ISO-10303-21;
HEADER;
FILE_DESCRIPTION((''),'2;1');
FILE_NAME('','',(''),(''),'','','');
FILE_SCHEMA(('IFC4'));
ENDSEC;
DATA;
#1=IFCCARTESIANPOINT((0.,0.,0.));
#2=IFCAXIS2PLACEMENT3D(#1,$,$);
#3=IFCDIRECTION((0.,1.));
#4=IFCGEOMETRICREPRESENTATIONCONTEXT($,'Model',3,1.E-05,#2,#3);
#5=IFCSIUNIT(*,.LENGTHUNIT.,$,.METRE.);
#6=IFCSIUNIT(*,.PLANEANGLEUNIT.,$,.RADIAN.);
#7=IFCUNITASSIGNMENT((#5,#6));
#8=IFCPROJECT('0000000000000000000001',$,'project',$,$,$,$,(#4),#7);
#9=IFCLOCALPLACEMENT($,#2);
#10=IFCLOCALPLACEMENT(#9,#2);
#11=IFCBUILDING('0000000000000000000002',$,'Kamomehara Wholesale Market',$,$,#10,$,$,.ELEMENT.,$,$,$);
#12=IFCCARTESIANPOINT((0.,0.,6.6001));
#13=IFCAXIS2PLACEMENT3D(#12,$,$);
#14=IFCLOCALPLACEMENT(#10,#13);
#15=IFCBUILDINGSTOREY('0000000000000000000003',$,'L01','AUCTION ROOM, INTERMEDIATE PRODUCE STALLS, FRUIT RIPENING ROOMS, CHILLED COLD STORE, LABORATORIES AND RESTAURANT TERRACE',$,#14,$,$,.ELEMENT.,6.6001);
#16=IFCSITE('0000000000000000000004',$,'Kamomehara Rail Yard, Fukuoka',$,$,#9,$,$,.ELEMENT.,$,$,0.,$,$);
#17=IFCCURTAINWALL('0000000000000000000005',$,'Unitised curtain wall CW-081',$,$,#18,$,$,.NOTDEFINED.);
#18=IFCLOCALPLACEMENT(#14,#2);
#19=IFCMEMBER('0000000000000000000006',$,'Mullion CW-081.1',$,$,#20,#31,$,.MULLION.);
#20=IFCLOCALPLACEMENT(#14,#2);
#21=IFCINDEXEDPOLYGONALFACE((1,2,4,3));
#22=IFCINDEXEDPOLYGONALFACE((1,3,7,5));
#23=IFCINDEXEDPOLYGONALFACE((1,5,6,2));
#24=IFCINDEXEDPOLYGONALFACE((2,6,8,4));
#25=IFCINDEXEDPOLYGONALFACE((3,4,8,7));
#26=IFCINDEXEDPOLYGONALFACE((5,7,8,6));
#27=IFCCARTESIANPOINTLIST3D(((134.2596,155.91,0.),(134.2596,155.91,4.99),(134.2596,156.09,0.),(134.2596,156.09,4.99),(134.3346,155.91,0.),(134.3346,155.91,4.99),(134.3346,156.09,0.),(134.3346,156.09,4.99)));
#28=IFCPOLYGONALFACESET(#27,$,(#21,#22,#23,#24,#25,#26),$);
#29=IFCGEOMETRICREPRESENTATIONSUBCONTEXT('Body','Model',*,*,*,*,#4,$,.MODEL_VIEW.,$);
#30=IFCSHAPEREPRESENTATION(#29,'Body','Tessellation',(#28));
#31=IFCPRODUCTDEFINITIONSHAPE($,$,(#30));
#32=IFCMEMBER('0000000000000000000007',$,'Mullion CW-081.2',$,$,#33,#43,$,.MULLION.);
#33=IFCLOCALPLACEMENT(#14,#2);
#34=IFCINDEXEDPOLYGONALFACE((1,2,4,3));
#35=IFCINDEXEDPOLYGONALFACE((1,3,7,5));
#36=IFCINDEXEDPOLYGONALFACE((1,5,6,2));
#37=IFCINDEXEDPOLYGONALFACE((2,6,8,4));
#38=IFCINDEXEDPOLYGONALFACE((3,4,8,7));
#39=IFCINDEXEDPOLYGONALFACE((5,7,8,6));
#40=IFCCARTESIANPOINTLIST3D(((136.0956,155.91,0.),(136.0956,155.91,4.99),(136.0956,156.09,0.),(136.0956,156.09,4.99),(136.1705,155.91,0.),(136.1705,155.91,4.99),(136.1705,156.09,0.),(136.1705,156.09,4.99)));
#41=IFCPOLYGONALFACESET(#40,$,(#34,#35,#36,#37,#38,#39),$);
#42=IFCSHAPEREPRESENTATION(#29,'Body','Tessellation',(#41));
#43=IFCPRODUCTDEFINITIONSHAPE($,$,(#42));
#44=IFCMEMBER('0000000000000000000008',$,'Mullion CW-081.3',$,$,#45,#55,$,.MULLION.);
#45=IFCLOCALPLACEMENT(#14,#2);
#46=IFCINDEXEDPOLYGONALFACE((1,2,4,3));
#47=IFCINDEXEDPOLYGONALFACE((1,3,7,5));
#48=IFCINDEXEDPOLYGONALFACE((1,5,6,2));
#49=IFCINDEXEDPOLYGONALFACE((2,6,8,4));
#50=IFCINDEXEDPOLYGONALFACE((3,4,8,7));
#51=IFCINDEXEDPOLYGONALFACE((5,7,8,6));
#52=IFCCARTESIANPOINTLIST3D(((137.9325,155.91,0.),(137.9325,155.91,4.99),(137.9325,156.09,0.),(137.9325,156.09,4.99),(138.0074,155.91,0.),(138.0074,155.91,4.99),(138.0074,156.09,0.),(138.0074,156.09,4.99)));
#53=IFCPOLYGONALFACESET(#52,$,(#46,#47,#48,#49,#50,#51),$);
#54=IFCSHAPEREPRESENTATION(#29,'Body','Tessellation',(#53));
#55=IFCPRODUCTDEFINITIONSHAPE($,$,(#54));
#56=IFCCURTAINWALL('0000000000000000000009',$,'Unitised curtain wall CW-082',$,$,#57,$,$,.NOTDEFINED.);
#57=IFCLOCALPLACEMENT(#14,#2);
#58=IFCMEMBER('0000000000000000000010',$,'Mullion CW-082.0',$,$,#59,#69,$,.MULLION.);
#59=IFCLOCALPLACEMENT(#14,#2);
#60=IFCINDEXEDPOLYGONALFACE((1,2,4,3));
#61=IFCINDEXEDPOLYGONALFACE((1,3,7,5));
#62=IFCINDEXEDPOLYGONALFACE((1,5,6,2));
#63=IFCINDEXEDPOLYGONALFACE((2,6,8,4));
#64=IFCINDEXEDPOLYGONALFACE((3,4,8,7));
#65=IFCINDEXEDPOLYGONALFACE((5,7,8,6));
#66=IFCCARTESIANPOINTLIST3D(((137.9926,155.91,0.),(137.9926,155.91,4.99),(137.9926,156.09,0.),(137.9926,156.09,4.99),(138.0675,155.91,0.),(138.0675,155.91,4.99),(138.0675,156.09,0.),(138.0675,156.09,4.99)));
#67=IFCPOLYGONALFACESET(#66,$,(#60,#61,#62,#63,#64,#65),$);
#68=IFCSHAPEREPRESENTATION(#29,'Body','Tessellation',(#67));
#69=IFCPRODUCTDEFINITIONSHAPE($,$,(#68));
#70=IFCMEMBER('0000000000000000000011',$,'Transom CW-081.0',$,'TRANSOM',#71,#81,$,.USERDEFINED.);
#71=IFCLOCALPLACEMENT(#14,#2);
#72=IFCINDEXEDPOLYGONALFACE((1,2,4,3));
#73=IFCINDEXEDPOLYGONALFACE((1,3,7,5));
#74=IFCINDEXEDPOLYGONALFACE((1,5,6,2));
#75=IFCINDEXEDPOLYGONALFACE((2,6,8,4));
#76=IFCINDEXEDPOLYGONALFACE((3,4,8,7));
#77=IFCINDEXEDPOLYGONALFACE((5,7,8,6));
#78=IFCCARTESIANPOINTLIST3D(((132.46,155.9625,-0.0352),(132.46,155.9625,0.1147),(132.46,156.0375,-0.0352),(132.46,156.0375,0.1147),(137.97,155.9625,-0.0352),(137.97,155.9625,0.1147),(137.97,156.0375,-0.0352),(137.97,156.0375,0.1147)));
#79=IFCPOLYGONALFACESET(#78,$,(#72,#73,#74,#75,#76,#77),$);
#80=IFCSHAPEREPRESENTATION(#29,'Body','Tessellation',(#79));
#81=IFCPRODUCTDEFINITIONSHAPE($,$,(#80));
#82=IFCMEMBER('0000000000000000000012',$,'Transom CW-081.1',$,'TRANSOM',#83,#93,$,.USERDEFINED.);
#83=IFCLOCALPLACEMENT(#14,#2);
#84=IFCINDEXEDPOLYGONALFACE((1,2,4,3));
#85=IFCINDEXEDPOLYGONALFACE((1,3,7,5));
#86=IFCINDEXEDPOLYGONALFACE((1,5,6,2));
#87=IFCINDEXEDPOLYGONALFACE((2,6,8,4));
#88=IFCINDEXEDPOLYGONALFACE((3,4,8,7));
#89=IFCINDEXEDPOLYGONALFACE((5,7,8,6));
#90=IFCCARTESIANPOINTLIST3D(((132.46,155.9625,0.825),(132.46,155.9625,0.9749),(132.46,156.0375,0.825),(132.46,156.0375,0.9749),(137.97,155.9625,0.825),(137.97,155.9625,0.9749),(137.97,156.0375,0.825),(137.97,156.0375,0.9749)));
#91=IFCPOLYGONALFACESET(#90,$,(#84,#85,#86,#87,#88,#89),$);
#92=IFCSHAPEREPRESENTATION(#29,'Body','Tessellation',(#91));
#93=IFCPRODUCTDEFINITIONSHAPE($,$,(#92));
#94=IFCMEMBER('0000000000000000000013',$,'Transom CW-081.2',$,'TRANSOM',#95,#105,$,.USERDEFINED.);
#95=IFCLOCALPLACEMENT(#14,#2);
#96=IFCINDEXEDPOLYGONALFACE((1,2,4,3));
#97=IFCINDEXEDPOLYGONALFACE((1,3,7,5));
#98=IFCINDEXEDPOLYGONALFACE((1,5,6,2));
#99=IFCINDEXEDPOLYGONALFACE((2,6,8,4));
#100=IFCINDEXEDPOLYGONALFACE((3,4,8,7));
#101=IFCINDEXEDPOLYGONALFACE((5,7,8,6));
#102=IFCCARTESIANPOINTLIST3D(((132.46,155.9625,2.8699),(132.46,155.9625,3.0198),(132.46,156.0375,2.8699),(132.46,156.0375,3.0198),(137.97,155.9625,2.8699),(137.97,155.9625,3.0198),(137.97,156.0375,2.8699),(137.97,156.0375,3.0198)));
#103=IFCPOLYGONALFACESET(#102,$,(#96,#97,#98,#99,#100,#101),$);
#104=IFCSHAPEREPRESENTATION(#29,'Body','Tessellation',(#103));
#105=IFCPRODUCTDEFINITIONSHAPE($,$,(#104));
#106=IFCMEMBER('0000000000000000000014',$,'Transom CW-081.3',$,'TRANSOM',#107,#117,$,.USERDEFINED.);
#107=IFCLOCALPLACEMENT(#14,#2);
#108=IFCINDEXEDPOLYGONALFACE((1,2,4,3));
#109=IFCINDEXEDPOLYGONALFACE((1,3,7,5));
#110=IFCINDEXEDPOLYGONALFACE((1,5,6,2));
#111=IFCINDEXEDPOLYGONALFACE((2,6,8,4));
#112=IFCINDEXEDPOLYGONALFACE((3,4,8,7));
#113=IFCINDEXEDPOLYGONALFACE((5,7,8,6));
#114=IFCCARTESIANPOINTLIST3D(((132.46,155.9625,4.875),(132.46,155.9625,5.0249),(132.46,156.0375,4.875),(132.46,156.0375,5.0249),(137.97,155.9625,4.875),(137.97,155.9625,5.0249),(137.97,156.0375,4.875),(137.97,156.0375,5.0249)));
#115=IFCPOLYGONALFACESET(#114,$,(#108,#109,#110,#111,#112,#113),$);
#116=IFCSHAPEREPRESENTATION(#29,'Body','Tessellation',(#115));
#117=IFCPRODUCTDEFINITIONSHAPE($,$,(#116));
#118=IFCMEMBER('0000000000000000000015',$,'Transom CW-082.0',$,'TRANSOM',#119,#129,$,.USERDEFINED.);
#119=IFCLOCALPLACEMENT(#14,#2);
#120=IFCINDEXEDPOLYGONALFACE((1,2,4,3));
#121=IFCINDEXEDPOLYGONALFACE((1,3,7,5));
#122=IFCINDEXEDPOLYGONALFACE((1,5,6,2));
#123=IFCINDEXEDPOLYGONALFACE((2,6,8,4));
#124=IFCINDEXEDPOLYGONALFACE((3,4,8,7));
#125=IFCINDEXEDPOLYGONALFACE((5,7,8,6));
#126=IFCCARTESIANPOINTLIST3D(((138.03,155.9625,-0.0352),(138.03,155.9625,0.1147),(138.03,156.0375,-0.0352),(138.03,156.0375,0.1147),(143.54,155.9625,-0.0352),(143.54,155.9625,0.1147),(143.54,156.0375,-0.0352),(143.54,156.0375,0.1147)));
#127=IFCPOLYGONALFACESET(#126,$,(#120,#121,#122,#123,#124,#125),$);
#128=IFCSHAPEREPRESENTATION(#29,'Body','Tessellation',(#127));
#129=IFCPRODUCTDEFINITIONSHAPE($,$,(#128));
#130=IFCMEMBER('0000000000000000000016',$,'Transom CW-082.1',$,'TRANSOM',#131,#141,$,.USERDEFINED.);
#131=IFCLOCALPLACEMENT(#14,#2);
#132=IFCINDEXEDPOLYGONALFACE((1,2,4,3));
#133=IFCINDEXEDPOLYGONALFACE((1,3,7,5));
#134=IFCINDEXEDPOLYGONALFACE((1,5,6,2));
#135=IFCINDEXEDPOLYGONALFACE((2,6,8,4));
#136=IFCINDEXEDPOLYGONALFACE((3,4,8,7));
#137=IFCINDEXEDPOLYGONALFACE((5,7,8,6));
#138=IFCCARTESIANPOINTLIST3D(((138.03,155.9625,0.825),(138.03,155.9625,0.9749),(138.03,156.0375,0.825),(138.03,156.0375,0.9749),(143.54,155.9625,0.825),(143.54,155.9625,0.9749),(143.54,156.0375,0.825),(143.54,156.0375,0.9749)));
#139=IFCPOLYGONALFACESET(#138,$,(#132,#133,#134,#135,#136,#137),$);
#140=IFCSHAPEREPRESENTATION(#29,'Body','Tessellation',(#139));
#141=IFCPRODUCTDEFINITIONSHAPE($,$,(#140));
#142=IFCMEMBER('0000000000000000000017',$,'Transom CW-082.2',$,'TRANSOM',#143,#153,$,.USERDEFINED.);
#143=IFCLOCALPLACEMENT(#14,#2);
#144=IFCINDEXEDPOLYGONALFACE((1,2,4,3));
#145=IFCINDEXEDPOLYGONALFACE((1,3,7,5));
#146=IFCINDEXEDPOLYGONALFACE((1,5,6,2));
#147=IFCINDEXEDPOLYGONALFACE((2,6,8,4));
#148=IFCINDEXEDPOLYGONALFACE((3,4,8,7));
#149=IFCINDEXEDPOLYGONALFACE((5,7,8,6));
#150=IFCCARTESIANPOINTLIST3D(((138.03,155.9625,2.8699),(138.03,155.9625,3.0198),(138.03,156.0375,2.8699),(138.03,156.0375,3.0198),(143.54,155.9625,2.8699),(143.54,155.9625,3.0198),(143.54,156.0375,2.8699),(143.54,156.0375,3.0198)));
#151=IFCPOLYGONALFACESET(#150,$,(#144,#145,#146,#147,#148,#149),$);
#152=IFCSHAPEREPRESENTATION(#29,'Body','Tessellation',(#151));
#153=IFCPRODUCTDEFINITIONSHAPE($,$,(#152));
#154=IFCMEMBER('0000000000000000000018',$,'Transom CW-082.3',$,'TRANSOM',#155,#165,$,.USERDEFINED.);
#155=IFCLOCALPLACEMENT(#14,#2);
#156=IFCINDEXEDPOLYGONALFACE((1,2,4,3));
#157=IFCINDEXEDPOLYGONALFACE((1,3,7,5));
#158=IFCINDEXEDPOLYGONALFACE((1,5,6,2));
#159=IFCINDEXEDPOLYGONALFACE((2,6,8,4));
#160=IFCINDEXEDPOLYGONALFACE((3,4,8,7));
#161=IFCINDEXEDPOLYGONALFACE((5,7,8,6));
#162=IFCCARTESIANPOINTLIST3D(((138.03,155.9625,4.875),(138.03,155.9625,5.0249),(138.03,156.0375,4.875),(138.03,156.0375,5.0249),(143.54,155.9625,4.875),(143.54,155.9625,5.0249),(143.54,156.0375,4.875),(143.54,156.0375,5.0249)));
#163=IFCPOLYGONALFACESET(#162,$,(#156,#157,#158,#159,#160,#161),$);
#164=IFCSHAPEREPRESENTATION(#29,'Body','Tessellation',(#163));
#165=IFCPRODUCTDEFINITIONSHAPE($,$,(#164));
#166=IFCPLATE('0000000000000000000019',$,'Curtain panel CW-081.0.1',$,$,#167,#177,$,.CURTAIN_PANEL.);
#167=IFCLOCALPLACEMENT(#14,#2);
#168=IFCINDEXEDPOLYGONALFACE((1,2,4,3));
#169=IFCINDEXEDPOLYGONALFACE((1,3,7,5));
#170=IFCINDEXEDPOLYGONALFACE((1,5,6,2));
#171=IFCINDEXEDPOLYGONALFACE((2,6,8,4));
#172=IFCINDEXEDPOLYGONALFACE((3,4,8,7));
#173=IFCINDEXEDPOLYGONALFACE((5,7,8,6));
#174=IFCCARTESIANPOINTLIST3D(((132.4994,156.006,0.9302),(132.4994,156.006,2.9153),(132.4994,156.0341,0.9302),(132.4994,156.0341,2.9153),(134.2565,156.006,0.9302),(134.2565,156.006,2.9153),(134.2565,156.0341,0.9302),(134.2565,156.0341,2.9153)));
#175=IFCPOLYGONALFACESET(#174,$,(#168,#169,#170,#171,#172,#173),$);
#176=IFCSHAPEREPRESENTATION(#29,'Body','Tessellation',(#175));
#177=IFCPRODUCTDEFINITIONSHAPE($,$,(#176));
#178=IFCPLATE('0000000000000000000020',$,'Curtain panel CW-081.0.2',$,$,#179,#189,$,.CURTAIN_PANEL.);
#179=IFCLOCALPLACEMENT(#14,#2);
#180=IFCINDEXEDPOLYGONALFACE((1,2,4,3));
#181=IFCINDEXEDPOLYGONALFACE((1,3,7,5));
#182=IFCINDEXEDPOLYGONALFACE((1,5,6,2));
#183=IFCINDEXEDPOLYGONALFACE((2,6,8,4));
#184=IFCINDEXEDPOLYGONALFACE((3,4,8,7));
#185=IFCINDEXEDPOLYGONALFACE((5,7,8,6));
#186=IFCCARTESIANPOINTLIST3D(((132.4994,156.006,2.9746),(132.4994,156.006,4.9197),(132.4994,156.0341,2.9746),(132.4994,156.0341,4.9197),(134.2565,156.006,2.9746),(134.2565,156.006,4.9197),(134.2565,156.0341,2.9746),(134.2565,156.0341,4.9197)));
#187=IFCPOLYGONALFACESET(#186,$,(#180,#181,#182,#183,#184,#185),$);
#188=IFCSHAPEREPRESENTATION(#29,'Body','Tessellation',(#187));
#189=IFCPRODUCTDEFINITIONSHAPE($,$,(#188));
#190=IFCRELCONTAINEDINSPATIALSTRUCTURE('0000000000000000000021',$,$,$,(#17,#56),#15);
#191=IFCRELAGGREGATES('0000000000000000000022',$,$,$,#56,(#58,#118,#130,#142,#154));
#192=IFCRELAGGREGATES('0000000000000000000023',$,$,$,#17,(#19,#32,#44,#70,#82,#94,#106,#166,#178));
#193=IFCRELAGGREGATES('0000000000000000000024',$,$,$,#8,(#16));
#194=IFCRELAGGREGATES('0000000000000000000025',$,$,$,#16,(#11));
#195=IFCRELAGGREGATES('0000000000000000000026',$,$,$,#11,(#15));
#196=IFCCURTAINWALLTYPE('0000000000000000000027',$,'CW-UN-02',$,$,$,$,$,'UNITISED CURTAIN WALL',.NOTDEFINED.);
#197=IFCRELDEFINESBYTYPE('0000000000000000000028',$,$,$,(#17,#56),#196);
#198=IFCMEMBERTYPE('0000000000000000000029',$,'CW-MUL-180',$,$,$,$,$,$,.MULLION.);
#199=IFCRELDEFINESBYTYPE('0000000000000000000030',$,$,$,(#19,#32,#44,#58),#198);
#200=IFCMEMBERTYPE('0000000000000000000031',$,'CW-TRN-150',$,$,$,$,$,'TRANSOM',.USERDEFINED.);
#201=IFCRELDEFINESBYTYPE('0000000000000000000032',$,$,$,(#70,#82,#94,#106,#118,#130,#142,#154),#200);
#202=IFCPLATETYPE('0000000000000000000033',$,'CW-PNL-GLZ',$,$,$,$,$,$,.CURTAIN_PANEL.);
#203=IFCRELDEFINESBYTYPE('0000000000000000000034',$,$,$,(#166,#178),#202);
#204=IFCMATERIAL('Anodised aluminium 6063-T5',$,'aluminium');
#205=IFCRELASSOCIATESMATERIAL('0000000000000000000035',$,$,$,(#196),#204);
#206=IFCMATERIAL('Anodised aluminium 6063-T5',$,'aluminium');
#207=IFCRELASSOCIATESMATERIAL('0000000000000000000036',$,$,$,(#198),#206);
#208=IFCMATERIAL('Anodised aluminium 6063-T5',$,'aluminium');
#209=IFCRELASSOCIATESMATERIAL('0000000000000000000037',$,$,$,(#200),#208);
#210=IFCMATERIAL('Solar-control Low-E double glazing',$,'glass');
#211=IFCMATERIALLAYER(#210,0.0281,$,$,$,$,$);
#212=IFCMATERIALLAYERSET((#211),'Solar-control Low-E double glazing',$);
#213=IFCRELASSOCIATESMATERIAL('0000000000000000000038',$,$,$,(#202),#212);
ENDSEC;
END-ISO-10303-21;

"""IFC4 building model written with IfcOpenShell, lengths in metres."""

from ifc_helpers import new_model, si_unit, direction, frame, origin, origin_2d, place, context, subcontext, project, spatial, rectangle, extrude, material, layer, layer_set, material_profile, profile_set, type_object, element, aggregate, save


model = new_model("IFC4")

# Units and contexts
model_context = context("Model", 3, precision=1e-05, world=origin(), true_north=direction((0.0, 1.0)))
body_context = subcontext(model_context, "Body", "Model", "MODEL_VIEW")
ifc_project = project(units=[si_unit("LENGTHUNIT", "METRE"), si_unit("PLANEANGLEUNIT", "RADIAN")], contexts=[model_context])

# Site, building, storey
site_placement = place(None, origin())
site = spatial("IfcSite", under=ifc_project, at=site_placement, Name="Kamomehara Rail Yard, Fukuoka", CompositionType="ELEMENT", RefElevation=0.0)
building_placement = place(site_placement, origin())
building = spatial("IfcBuilding", under=site, at=building_placement, Name="Kamomehara Wholesale Market", CompositionType="ELEMENT")
storey_placement = place(building_placement, frame((0.0, 0.0, 6.6001)))
storey = spatial("IfcBuildingStorey", under=building, at=storey_placement, Name="L01", Description="AUCTION ROOM, INTERMEDIATE PRODUCE STALLS, FRUIT RIPENING ROOMS, CHILLED COLD STORE, LABORATORIES AND RESTAURANT TERRACE", CompositionType="ELEMENT", Elevation=6.6001)

# Curtain wall, members
ifc_material_1 = material(Name="Anodised aluminium 6063-T5", Category="aluminium")
curtain_wall_type = type_object("IfcCurtainWallType", Name="CW-UN-02", ElementType="UNITISED CURTAIN WALL", PredefinedType="NOTDEFINED", material=ifc_material_1)
curtain_wall_1_placement = place(storey_placement, origin())
curtain_wall_1 = element("IfcCurtainWall", 1, at=curtain_wall_1_placement, inside=storey, type_object=curtain_wall_type, Name="Unitised curtain wall CW-081", PredefinedType="NOTDEFINED")
ifc_material_2 = material(Name="Anodised aluminium 6063-T5", Category="aluminium")
ifc_material_profile_1 = material_profile(ifc_material_2, rectangle(XDim=0.075, YDim=0.1799, at=origin_2d()), Name="ALU-MUL-75x180")
ifc_profile_set_1 = profile_set([ifc_material_profile_1], Name="Anodised aluminium 6063-T5")
member_type_1 = type_object("IfcMemberType", Name="CW-MUL-180", PredefinedType="MULLION", material=ifc_profile_set_1)
member_1_placement = place(storey_placement, frame((134.2971, 156.0, 0.0), z_axis=(0.0, 0.0, 1.0), x_axis=(1.0, 0.0, 0.0)))
member_1 = element("IfcMember", 2, at=member_1_placement, type_object=member_type_1, Name="Mullion CW-081.1", PredefinedType="MULLION", context=body_context, shape_type="SweptSolid", body=[
    extrude(rectangle(XDim=0.075, YDim=0.1799, at=origin_2d()), origin(), (0.0, 0.0, 1.0), 4.99),
])
member_2_placement = place(storey_placement, frame((136.1331, 156.0, 0.0), z_axis=(0.0, 0.0, 1.0), x_axis=(1.0, 0.0, 0.0)))
member_2 = element("IfcMember", 3, at=member_2_placement, type_object=member_type_1, Name="Mullion CW-081.2", PredefinedType="MULLION", context=body_context, shape_type="SweptSolid", body=[
    extrude(rectangle(XDim=0.075, YDim=0.1799, at=origin_2d()), origin(), (0.0, 0.0, 1.0), 4.99),
])
member_3_placement = place(storey_placement, frame((137.97, 156.0, 0.0), z_axis=(0.0, 0.0, 1.0), x_axis=(1.0, 0.0, 0.0)))
member_3 = element("IfcMember", 4, at=member_3_placement, type_object=member_type_1, Name="Mullion CW-081.3", PredefinedType="MULLION", context=body_context, shape_type="SweptSolid", body=[
    extrude(rectangle(XDim=0.075, YDim=0.1799, at=origin_2d()), origin(), (0.0, 0.0, 1.0), 4.99),
])

# Curtain wall, member
curtain_wall_2_placement = place(storey_placement, origin())
curtain_wall_2 = element("IfcCurtainWall", 5, at=curtain_wall_2_placement, inside=storey, type_object=curtain_wall_type, Name="Unitised curtain wall CW-082", PredefinedType="NOTDEFINED")
member_4_placement = place(storey_placement, frame((138.03, 156.0, 0.0), z_axis=(0.0, 0.0, 1.0), x_axis=(1.0, 0.0, 0.0)))
member_4 = element("IfcMember", 6, at=member_4_placement, type_object=member_type_1, Name="Mullion CW-082.0", PredefinedType="MULLION", context=body_context, shape_type="SweptSolid", body=[
    extrude(rectangle(XDim=0.075, YDim=0.1799, at=origin_2d()), origin(), (0.0, 0.0, 1.0), 4.99),
])

# Members
ifc_material_3 = material(Name="Anodised aluminium 6063-T5", Category="aluminium")
ifc_material_profile_2 = material_profile(ifc_material_3, rectangle(XDim=0.075, YDim=0.1499, at=origin_2d()), Name="ALU-TRN-75x150")
ifc_profile_set_2 = profile_set([ifc_material_profile_2], Name="Anodised aluminium 6063-T5")
member_type_2 = type_object("IfcMemberType", Name="CW-TRN-150", ElementType="TRANSOM", PredefinedType="USERDEFINED", material=ifc_profile_set_2)
member_5_placement = place(storey_placement, frame((132.46, 156.0, 0.0398), z_axis=(1.0, 0.0, 0.0), x_axis=(0.0, 1.0, 0.0)))
member_5 = element("IfcMember", 7, at=member_5_placement, type_object=member_type_2, Name="Transom CW-081.0", ObjectType="TRANSOM", PredefinedType="USERDEFINED", context=body_context, shape_type="SweptSolid", body=[
    extrude(rectangle(XDim=0.075, YDim=0.1499, at=origin_2d()), origin(), (0.0, 0.0, 1.0), 5.51),
])
member_6_placement = place(storey_placement, frame((132.46, 156.0, 0.8999), z_axis=(1.0, 0.0, 0.0), x_axis=(0.0, 1.0, 0.0)))
member_6 = element("IfcMember", 8, at=member_6_placement, type_object=member_type_2, Name="Transom CW-081.1", ObjectType="TRANSOM", PredefinedType="USERDEFINED", context=body_context, shape_type="SweptSolid", body=[
    extrude(rectangle(XDim=0.075, YDim=0.1499, at=origin_2d()), origin(), (0.0, 0.0, 1.0), 5.51),
])
member_7_placement = place(storey_placement, frame((132.46, 156.0, 2.9448), z_axis=(1.0, 0.0, 0.0), x_axis=(0.0, 1.0, 0.0)))
member_7 = element("IfcMember", 9, at=member_7_placement, type_object=member_type_2, Name="Transom CW-081.2", ObjectType="TRANSOM", PredefinedType="USERDEFINED", context=body_context, shape_type="SweptSolid", body=[
    extrude(rectangle(XDim=0.075, YDim=0.1499, at=origin_2d()), origin(), (0.0, 0.0, 1.0), 5.51),
])
member_8_placement = place(storey_placement, frame((132.46, 156.0, 4.95), z_axis=(1.0, 0.0, 0.0), x_axis=(0.0, 1.0, 0.0)))
member_8 = element("IfcMember", 10, at=member_8_placement, type_object=member_type_2, Name="Transom CW-081.3", ObjectType="TRANSOM", PredefinedType="USERDEFINED", context=body_context, shape_type="SweptSolid", body=[
    extrude(rectangle(XDim=0.075, YDim=0.1499, at=origin_2d()), origin(), (0.0, 0.0, 1.0), 5.51),
])
member_9_placement = place(storey_placement, frame((138.03, 156.0, 0.0398), z_axis=(1.0, 0.0, 0.0), x_axis=(0.0, 1.0, 0.0)))
member_9 = element("IfcMember", 11, at=member_9_placement, type_object=member_type_2, Name="Transom CW-082.0", ObjectType="TRANSOM", PredefinedType="USERDEFINED", context=body_context, shape_type="SweptSolid", body=[
    extrude(rectangle(XDim=0.075, YDim=0.1499, at=origin_2d()), origin(), (0.0, 0.0, 1.0), 5.51),
])
member_10_placement = place(storey_placement, frame((138.03, 156.0, 0.8999), z_axis=(1.0, 0.0, 0.0), x_axis=(0.0, 1.0, 0.0)))
member_10 = element("IfcMember", 12, at=member_10_placement, type_object=member_type_2, Name="Transom CW-082.1", ObjectType="TRANSOM", PredefinedType="USERDEFINED", context=body_context, shape_type="SweptSolid", body=[
    extrude(rectangle(XDim=0.075, YDim=0.1499, at=origin_2d()), origin(), (0.0, 0.0, 1.0), 5.51),
])
member_11_placement = place(storey_placement, frame((138.03, 156.0, 2.9448), z_axis=(1.0, 0.0, 0.0), x_axis=(0.0, 1.0, 0.0)))
member_11 = element("IfcMember", 13, at=member_11_placement, type_object=member_type_2, Name="Transom CW-082.2", ObjectType="TRANSOM", PredefinedType="USERDEFINED", context=body_context, shape_type="SweptSolid", body=[
    extrude(rectangle(XDim=0.075, YDim=0.1499, at=origin_2d()), origin(), (0.0, 0.0, 1.0), 5.51),
])
member_12_placement = place(storey_placement, frame((138.03, 156.0, 4.95), z_axis=(1.0, 0.0, 0.0), x_axis=(0.0, 1.0, 0.0)))
member_12 = element("IfcMember", 14, at=member_12_placement, type_object=member_type_2, Name="Transom CW-082.3", ObjectType="TRANSOM", PredefinedType="USERDEFINED", context=body_context, shape_type="SweptSolid", body=[
    extrude(rectangle(XDim=0.075, YDim=0.1499, at=origin_2d()), origin(), (0.0, 0.0, 1.0), 5.51),
])
aggregate(curtain_wall_2, [member_4, member_9, member_10, member_11, member_12])

# Plates
ifc_material_4 = material(Name="Solar-control Low-E double glazing", Category="glass")
ifc_layer_1 = layer(ifc_material_4, 0.0281)
ifc_layer_set_1 = layer_set([ifc_layer_1], Name="Solar-control Low-E double glazing")
plate_type_1 = type_object("IfcPlateType", Name="CW-PNL-GLZ", PredefinedType="CURTAIN_PANEL", material=ifc_layer_set_1)
plate_1_placement = place(storey_placement, frame((133.3779, 156.02, 0.9302), z_axis=(0.0, 0.0, 1.0), x_axis=(1.0, 0.0, 0.0)))
plate_1 = element("IfcPlate", 15, at=plate_1_placement, type_object=plate_type_1, Name="Curtain panel CW-081.0.1", PredefinedType="CURTAIN_PANEL", context=body_context, shape_type="SweptSolid", body=[
    extrude(rectangle(XDim=1.7571, YDim=0.0281, at=origin_2d()), origin(), (0.0, 0.0, 1.0), 1.9851),
])
plate_2_placement = place(storey_placement, frame((133.3779, 156.02, 2.9746), z_axis=(0.0, 0.0, 1.0), x_axis=(1.0, 0.0, 0.0)))
plate_2 = element("IfcPlate", 16, at=plate_2_placement, type_object=plate_type_1, Name="Curtain panel CW-081.0.2", PredefinedType="CURTAIN_PANEL", context=body_context, shape_type="SweptSolid", body=[
    extrude(rectangle(XDim=1.7571, YDim=0.0281, at=origin_2d()), origin(), (0.0, 0.0, 1.0), 1.9451),
])
aggregate(curtain_wall_1, [member_1, member_2, member_3, member_5, member_6, member_7, member_8, plate_1, plate_2])

save(model, "model.ifc")
